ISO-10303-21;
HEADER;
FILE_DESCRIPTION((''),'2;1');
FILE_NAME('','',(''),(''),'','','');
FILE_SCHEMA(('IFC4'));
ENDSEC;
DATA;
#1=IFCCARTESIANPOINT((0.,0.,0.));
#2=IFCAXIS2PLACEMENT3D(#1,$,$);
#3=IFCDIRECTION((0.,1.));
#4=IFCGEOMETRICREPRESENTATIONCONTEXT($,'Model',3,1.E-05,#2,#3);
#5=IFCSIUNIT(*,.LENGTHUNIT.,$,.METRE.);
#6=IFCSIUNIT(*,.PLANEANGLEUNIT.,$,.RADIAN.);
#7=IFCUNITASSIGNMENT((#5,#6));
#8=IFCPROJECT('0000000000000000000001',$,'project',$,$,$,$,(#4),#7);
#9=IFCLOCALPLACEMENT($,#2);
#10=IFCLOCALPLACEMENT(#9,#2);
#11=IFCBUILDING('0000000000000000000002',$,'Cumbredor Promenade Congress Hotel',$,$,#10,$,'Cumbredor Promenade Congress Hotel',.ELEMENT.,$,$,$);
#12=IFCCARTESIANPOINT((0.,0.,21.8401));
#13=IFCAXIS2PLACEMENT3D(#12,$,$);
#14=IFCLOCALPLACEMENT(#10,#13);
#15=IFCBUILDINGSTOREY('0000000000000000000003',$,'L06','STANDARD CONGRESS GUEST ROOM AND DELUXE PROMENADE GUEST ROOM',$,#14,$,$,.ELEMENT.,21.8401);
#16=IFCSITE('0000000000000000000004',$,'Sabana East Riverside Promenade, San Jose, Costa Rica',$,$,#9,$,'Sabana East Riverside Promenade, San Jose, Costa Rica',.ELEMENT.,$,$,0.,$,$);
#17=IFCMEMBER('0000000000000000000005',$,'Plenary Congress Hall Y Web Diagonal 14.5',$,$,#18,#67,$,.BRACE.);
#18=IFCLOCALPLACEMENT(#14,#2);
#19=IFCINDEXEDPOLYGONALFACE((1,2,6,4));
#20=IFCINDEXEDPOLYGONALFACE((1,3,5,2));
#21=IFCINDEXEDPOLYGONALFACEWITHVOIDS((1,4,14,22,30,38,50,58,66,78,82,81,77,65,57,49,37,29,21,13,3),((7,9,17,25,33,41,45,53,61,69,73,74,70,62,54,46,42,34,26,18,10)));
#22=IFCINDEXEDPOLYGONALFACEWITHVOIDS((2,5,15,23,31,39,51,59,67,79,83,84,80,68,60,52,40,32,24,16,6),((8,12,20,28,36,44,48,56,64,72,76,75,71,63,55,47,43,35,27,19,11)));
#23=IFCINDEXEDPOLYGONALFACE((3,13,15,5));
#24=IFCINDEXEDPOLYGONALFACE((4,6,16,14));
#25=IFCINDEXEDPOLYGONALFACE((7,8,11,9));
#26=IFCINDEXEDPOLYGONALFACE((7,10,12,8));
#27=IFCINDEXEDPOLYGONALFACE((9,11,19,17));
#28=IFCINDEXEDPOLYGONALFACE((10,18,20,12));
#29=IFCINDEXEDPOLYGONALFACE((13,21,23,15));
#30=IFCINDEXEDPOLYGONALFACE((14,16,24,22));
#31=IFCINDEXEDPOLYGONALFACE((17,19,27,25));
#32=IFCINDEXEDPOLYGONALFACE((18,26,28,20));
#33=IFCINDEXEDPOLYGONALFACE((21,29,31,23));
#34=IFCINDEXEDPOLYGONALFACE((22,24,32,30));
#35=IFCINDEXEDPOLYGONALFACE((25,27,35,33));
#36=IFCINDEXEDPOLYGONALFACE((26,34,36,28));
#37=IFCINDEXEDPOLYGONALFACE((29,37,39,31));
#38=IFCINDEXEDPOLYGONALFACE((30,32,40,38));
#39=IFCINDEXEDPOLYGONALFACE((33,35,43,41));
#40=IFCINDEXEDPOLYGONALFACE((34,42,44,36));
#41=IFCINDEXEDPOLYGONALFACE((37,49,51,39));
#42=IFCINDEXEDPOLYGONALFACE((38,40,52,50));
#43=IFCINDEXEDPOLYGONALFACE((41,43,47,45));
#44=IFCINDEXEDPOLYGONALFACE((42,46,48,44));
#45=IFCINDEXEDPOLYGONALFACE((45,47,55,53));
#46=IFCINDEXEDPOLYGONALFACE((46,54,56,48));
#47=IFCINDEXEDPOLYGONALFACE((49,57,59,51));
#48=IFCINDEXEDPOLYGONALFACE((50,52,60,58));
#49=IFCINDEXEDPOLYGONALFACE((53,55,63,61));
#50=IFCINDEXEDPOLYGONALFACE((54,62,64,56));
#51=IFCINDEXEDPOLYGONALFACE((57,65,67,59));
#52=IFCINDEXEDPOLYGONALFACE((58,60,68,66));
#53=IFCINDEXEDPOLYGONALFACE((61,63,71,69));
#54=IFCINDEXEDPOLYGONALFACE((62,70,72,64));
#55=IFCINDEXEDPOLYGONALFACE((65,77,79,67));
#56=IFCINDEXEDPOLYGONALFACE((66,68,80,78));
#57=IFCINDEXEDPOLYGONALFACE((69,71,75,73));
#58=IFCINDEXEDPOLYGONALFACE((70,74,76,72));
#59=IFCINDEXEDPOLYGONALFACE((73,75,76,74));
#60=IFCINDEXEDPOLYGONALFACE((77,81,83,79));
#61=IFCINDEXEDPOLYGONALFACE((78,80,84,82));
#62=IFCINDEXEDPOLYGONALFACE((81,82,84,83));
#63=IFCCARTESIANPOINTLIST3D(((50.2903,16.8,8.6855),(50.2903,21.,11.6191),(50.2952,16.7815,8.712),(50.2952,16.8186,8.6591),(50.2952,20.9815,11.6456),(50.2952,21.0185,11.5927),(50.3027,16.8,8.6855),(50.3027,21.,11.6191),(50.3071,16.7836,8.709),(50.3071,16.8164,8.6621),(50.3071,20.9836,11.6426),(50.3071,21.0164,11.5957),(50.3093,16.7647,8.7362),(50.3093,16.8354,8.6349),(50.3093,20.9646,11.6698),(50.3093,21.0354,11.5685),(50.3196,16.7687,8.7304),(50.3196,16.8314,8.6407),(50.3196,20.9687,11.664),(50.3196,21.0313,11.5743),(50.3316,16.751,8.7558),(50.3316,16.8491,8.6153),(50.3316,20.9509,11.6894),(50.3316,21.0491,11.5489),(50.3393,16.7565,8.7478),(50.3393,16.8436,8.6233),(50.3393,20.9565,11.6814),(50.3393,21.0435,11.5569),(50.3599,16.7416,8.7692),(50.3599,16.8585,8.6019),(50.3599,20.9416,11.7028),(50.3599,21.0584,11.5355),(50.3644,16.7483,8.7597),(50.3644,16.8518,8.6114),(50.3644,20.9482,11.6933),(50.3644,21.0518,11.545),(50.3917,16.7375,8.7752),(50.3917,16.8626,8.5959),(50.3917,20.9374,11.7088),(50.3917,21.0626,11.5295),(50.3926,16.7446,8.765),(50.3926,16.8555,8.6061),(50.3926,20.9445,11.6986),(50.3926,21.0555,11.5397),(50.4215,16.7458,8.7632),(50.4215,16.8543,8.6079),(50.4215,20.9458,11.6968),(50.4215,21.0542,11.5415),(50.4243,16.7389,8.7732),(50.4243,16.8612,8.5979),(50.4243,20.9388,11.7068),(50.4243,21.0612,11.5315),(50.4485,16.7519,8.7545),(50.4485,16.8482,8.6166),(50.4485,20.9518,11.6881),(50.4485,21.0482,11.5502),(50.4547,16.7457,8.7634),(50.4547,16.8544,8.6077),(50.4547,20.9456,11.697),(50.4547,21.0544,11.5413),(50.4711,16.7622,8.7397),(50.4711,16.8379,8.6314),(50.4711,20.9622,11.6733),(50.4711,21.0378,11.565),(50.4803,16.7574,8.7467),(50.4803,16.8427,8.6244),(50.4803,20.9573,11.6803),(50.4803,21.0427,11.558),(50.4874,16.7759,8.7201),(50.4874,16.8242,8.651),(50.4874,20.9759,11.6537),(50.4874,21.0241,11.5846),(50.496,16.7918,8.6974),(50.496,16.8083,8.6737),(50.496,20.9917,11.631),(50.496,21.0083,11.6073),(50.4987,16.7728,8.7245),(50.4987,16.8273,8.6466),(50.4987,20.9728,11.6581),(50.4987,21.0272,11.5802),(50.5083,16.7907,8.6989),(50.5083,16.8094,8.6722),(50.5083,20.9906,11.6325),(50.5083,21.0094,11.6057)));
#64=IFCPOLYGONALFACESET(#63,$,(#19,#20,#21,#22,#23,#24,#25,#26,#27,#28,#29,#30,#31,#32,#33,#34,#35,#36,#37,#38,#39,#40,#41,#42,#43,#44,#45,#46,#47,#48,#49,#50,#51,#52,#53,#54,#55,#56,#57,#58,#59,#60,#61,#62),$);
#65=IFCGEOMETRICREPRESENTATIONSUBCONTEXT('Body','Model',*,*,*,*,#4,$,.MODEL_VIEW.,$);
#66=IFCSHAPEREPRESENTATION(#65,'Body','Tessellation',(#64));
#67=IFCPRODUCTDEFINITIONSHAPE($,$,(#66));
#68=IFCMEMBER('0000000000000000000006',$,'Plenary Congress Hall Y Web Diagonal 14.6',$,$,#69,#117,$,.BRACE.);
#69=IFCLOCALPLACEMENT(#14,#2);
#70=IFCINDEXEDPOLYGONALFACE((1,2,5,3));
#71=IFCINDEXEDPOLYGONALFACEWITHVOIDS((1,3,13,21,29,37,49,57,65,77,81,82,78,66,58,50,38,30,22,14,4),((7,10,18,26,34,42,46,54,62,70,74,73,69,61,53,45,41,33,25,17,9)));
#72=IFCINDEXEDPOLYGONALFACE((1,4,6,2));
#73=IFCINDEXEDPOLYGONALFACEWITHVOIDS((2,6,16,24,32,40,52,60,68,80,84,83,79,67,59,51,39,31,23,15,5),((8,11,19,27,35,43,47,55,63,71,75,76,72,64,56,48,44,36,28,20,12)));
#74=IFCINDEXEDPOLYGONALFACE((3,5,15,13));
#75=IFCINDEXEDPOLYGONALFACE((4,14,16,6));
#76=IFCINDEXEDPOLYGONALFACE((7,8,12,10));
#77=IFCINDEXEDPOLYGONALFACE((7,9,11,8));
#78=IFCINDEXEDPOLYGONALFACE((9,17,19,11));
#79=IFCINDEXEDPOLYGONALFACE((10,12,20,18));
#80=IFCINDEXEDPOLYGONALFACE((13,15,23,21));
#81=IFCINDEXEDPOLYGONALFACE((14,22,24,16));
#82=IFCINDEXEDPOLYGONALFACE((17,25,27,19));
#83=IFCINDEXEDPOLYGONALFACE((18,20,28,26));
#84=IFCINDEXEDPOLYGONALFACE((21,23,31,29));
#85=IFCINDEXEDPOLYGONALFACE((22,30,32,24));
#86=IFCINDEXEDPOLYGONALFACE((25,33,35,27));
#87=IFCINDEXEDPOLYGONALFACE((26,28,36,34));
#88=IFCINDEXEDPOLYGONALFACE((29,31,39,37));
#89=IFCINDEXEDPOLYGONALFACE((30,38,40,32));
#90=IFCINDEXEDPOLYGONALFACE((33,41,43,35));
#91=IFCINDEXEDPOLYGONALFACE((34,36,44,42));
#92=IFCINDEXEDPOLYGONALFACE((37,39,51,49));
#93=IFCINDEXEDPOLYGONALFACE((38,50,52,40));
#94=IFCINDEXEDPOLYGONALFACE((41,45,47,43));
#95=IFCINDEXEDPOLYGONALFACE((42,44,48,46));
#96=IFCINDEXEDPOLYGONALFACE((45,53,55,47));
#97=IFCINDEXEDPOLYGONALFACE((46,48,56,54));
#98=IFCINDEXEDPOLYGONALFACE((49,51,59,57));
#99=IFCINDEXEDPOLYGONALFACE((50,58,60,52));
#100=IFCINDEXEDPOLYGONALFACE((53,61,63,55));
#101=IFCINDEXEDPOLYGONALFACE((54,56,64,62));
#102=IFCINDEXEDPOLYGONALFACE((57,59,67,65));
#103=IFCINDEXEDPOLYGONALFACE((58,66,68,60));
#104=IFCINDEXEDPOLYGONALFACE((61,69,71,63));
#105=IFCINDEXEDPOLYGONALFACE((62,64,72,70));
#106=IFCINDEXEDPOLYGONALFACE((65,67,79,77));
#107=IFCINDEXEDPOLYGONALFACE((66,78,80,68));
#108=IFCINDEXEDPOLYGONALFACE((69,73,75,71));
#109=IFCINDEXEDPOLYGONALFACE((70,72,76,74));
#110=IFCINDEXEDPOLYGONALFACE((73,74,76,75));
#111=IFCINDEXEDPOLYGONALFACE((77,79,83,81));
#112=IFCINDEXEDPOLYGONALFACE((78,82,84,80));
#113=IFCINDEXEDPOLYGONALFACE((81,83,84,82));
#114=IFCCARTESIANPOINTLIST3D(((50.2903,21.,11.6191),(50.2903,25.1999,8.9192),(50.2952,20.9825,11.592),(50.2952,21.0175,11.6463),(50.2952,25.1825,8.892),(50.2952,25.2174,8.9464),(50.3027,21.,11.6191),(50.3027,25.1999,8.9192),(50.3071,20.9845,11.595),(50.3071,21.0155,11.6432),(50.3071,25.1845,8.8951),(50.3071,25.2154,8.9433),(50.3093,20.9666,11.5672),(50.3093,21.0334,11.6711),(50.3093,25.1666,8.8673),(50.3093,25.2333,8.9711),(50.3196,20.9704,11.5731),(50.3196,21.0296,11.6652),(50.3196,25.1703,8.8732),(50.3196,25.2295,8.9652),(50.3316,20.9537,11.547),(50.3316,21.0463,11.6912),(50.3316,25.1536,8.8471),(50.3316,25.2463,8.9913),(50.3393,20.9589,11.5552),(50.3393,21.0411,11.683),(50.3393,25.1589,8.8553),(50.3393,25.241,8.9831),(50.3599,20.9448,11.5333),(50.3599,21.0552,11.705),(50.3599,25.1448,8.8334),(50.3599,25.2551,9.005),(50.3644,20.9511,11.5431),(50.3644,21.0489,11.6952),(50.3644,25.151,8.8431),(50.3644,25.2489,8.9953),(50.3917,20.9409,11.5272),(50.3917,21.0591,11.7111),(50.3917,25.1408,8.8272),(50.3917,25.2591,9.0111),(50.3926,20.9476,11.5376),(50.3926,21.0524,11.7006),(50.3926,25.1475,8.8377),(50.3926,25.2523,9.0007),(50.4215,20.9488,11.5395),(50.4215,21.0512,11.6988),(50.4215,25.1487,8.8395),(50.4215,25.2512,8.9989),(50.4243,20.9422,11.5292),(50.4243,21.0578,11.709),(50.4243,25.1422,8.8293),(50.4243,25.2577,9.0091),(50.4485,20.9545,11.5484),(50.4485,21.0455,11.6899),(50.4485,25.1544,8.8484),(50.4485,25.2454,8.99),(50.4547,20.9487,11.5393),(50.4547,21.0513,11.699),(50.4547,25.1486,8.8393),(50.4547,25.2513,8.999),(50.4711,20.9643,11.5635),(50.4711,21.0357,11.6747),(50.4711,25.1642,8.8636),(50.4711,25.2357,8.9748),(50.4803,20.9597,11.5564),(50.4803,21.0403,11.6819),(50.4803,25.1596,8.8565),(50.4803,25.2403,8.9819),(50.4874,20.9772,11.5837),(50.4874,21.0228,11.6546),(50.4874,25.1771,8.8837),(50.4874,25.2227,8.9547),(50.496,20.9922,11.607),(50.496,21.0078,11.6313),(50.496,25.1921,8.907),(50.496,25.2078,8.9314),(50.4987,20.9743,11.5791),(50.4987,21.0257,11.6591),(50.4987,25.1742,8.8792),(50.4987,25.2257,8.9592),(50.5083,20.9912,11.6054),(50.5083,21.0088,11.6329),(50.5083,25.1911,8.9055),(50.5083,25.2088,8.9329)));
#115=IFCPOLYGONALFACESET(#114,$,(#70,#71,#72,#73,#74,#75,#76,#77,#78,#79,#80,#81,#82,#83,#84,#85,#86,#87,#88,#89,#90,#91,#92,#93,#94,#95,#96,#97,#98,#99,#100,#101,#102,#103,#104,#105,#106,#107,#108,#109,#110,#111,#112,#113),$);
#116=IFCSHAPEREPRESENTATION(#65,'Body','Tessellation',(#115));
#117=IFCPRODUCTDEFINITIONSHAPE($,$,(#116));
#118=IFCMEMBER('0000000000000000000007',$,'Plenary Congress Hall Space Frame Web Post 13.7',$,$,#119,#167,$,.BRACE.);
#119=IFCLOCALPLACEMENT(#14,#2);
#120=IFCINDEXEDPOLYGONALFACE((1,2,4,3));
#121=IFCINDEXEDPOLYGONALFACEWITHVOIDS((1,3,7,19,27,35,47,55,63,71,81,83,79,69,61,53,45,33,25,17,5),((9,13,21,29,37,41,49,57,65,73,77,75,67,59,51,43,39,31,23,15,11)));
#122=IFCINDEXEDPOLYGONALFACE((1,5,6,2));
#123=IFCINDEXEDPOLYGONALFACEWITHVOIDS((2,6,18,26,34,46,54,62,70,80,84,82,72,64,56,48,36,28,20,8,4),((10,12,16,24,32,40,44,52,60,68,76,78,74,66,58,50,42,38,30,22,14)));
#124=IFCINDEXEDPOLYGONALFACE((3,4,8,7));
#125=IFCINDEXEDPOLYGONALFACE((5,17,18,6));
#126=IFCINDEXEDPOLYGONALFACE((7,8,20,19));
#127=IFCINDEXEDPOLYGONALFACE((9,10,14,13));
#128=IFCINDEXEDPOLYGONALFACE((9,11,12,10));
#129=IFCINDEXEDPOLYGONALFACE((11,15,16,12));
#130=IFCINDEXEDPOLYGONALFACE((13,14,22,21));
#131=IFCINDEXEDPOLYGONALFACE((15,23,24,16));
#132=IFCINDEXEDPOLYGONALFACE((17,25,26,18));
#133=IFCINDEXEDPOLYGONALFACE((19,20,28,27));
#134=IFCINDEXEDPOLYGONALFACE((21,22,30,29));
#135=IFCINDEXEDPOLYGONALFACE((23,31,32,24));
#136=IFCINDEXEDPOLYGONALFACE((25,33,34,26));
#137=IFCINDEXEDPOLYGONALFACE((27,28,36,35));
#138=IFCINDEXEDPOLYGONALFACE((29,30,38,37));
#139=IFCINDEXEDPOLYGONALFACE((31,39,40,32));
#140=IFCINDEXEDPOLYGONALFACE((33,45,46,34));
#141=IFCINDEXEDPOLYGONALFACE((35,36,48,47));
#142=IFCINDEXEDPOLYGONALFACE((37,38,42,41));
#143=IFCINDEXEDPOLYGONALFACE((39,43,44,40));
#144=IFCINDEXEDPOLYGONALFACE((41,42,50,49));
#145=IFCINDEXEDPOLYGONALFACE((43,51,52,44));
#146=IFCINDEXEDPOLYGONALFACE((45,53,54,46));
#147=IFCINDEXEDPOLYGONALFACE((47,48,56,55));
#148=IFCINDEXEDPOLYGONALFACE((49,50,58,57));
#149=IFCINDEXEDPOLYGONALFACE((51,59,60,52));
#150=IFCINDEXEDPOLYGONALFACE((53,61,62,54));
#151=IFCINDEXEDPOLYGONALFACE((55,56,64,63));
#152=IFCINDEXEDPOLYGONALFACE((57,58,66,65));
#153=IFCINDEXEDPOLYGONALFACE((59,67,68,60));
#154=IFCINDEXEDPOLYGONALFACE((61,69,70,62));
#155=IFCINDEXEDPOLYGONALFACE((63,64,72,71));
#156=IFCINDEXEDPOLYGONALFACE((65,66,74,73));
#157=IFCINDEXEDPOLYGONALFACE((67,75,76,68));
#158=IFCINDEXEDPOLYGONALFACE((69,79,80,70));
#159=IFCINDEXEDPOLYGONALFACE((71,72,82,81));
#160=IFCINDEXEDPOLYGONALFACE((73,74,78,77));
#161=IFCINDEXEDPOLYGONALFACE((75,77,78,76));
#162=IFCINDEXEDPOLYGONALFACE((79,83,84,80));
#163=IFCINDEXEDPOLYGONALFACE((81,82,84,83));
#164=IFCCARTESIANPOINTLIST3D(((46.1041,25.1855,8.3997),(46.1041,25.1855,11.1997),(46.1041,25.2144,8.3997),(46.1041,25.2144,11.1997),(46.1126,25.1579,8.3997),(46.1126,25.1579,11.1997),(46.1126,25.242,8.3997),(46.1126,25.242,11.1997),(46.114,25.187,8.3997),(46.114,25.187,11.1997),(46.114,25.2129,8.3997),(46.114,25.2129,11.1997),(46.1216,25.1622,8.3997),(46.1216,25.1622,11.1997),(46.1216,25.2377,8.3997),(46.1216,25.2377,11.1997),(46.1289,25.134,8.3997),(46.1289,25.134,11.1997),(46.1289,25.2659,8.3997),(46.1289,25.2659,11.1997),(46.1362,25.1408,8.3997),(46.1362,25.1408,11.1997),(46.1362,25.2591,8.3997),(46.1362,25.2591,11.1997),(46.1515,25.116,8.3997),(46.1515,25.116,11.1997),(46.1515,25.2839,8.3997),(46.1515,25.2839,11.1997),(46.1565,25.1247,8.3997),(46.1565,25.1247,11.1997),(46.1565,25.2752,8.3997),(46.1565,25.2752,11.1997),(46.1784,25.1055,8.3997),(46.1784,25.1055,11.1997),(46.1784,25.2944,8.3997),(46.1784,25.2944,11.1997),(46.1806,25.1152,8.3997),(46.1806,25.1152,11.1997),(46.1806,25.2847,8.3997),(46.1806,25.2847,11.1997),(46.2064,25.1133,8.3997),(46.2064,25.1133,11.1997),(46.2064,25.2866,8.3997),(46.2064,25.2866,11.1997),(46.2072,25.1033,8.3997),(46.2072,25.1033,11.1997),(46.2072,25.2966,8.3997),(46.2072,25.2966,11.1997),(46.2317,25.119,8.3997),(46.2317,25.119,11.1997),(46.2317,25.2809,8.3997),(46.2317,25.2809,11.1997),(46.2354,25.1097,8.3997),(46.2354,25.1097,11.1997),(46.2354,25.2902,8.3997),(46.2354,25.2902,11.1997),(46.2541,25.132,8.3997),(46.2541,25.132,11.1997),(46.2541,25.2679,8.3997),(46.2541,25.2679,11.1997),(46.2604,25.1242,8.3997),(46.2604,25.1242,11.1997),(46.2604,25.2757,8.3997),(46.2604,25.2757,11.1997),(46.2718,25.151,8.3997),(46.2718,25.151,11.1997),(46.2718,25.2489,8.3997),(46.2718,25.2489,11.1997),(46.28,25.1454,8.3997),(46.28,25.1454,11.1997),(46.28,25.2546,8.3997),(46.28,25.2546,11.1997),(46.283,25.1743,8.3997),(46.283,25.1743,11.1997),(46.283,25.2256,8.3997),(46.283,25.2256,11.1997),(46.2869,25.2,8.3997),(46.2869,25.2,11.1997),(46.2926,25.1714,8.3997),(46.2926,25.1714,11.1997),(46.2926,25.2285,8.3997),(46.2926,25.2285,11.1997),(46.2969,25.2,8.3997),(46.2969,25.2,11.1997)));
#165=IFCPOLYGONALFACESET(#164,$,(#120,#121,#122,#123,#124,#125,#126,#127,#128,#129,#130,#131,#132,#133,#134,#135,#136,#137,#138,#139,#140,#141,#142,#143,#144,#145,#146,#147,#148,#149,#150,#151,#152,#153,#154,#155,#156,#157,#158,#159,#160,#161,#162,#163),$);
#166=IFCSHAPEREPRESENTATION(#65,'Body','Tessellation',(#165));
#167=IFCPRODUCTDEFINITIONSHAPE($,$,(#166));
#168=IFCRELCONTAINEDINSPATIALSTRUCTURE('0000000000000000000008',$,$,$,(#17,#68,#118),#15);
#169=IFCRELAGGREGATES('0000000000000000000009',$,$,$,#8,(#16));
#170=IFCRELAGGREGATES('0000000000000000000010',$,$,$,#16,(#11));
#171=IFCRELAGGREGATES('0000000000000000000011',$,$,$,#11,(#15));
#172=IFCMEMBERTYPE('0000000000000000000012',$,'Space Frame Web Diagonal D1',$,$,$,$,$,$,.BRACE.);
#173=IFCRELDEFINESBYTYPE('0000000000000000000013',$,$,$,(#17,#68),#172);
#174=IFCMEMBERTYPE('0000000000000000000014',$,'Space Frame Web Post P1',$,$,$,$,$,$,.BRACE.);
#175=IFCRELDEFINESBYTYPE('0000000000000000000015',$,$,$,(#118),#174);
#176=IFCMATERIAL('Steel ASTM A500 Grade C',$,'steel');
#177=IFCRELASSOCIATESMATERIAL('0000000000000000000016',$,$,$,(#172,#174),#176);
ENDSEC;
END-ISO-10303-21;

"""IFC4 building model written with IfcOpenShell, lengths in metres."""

from ifc_helpers import new_model, si_unit, direction, frame, origin, origin_2d, place, context, subcontext, project, spatial, hollow_circle, extrude, material, material_profile, profile_set, type_object, element, save


model = new_model("IFC4")

# Units and contexts
model_context = context("Model", 3, precision=1e-05, world=origin(), true_north=direction((0.0, 1.0)))
body_context = subcontext(model_context, "Body", "Model", "MODEL_VIEW")
ifc_project = project(units=[si_unit("LENGTHUNIT", "METRE"), si_unit("PLANEANGLEUNIT", "RADIAN")], contexts=[model_context])

# Site, building, storey
site_placement = place(None, origin())
site = spatial("IfcSite", under=ifc_project, at=site_placement, Name="Sabana East Riverside Promenade, San Jose, Costa Rica", LongName="Sabana East Riverside Promenade, San Jose, Costa Rica", CompositionType="ELEMENT", RefElevation=0.0)
building_placement = place(site_placement, origin())
building = spatial("IfcBuilding", under=site, at=building_placement, Name="Cumbredor Promenade Congress Hotel", LongName="Cumbredor Promenade Congress Hotel", CompositionType="ELEMENT")
storey_placement = place(building_placement, frame((0.0, 0.0, 21.8401)))
storey = spatial("IfcBuildingStorey", under=building, at=storey_placement, Name="L06", Description="STANDARD CONGRESS GUEST ROOM AND DELUXE PROMENADE GUEST ROOM", CompositionType="ELEMENT", Elevation=21.8401)

# Members
ifc_material_1 = material(Name="Steel ASTM A500 Grade C", Category="steel")
ifc_material_profile_1 = material_profile(ifc_material_1, hollow_circle(Radius=0.1096, WallThickness=0.0125, at=origin_2d()), Name="CHS 219.1x12.5")
ifc_profile_set_1 = profile_set([ifc_material_profile_1], Name="Steel ASTM A500 Grade C")
member_type_1 = type_object("IfcMemberType", Name="Space Frame Web Diagonal D1", PredefinedType="BRACE", material=ifc_profile_set_1)
member_1_placement = place(storey_placement, frame((50.3999, 16.8, 8.6855), z_axis=(0.0, 0.819816, 0.572627), x_axis=(-1.0, 0.0, 0.0)))
element("IfcMember", 1, at=member_1_placement, inside=storey, type_object=member_type_1, Name="Plenary Congress Hall Y Web Diagonal 14.5", PredefinedType="BRACE", context=body_context, shape_type="SweptSolid", body=[
    extrude(hollow_circle(Radius=0.1096, WallThickness=0.0125, at=origin_2d()), origin(), (0.0, 0.0, 1.0), 5.123),
])
member_2_placement = place(storey_placement, frame((50.3999, 21.0, 11.6191), z_axis=(0.0, 0.84118, -0.540755), x_axis=(-1.0, 0.0, 0.0)))
element("IfcMember", 2, at=member_2_placement, inside=storey, type_object=member_type_1, Name="Plenary Congress Hall Y Web Diagonal 14.6", PredefinedType="BRACE", context=body_context, shape_type="SweptSolid", body=[
    extrude(hollow_circle(Radius=0.1096, WallThickness=0.0125, at=origin_2d()), origin(), (0.0, 0.0, 1.0), 4.9929),
])
ifc_material_profile_2 = material_profile(ifc_material_1, hollow_circle(Radius=0.0969, WallThickness=0.01, at=origin_2d()), Name="CHS 193.7x10")
ifc_profile_set_2 = profile_set([ifc_material_profile_2], Name="Steel ASTM A500 Grade C")
member_type_2 = type_object("IfcMemberType", Name="Space Frame Web Post P1", PredefinedType="BRACE", material=ifc_profile_set_2)
for number, where, z_axis, x_axis, name in (
    (3, (46.2, 25.2, 8.3997), (0.0, 0.0, 1.0), (1.0, 0.0, 0.0), "Plenary Congress Hall Space Frame Web Post 13.7"),
):
    element("IfcMember", number, at=place(storey_placement, frame(where, z_axis=z_axis, x_axis=x_axis)), inside=storey, type_object=member_type_2, Name=name, PredefinedType="BRACE", context=body_context, shape_type="SweptSolid", body=[
        extrude(hollow_circle(Radius=0.0969, WallThickness=0.01, at=origin_2d()), origin(), (0.0, 0.0, 1.0), 2.8),
    ])

save(model, "model.ifc")
